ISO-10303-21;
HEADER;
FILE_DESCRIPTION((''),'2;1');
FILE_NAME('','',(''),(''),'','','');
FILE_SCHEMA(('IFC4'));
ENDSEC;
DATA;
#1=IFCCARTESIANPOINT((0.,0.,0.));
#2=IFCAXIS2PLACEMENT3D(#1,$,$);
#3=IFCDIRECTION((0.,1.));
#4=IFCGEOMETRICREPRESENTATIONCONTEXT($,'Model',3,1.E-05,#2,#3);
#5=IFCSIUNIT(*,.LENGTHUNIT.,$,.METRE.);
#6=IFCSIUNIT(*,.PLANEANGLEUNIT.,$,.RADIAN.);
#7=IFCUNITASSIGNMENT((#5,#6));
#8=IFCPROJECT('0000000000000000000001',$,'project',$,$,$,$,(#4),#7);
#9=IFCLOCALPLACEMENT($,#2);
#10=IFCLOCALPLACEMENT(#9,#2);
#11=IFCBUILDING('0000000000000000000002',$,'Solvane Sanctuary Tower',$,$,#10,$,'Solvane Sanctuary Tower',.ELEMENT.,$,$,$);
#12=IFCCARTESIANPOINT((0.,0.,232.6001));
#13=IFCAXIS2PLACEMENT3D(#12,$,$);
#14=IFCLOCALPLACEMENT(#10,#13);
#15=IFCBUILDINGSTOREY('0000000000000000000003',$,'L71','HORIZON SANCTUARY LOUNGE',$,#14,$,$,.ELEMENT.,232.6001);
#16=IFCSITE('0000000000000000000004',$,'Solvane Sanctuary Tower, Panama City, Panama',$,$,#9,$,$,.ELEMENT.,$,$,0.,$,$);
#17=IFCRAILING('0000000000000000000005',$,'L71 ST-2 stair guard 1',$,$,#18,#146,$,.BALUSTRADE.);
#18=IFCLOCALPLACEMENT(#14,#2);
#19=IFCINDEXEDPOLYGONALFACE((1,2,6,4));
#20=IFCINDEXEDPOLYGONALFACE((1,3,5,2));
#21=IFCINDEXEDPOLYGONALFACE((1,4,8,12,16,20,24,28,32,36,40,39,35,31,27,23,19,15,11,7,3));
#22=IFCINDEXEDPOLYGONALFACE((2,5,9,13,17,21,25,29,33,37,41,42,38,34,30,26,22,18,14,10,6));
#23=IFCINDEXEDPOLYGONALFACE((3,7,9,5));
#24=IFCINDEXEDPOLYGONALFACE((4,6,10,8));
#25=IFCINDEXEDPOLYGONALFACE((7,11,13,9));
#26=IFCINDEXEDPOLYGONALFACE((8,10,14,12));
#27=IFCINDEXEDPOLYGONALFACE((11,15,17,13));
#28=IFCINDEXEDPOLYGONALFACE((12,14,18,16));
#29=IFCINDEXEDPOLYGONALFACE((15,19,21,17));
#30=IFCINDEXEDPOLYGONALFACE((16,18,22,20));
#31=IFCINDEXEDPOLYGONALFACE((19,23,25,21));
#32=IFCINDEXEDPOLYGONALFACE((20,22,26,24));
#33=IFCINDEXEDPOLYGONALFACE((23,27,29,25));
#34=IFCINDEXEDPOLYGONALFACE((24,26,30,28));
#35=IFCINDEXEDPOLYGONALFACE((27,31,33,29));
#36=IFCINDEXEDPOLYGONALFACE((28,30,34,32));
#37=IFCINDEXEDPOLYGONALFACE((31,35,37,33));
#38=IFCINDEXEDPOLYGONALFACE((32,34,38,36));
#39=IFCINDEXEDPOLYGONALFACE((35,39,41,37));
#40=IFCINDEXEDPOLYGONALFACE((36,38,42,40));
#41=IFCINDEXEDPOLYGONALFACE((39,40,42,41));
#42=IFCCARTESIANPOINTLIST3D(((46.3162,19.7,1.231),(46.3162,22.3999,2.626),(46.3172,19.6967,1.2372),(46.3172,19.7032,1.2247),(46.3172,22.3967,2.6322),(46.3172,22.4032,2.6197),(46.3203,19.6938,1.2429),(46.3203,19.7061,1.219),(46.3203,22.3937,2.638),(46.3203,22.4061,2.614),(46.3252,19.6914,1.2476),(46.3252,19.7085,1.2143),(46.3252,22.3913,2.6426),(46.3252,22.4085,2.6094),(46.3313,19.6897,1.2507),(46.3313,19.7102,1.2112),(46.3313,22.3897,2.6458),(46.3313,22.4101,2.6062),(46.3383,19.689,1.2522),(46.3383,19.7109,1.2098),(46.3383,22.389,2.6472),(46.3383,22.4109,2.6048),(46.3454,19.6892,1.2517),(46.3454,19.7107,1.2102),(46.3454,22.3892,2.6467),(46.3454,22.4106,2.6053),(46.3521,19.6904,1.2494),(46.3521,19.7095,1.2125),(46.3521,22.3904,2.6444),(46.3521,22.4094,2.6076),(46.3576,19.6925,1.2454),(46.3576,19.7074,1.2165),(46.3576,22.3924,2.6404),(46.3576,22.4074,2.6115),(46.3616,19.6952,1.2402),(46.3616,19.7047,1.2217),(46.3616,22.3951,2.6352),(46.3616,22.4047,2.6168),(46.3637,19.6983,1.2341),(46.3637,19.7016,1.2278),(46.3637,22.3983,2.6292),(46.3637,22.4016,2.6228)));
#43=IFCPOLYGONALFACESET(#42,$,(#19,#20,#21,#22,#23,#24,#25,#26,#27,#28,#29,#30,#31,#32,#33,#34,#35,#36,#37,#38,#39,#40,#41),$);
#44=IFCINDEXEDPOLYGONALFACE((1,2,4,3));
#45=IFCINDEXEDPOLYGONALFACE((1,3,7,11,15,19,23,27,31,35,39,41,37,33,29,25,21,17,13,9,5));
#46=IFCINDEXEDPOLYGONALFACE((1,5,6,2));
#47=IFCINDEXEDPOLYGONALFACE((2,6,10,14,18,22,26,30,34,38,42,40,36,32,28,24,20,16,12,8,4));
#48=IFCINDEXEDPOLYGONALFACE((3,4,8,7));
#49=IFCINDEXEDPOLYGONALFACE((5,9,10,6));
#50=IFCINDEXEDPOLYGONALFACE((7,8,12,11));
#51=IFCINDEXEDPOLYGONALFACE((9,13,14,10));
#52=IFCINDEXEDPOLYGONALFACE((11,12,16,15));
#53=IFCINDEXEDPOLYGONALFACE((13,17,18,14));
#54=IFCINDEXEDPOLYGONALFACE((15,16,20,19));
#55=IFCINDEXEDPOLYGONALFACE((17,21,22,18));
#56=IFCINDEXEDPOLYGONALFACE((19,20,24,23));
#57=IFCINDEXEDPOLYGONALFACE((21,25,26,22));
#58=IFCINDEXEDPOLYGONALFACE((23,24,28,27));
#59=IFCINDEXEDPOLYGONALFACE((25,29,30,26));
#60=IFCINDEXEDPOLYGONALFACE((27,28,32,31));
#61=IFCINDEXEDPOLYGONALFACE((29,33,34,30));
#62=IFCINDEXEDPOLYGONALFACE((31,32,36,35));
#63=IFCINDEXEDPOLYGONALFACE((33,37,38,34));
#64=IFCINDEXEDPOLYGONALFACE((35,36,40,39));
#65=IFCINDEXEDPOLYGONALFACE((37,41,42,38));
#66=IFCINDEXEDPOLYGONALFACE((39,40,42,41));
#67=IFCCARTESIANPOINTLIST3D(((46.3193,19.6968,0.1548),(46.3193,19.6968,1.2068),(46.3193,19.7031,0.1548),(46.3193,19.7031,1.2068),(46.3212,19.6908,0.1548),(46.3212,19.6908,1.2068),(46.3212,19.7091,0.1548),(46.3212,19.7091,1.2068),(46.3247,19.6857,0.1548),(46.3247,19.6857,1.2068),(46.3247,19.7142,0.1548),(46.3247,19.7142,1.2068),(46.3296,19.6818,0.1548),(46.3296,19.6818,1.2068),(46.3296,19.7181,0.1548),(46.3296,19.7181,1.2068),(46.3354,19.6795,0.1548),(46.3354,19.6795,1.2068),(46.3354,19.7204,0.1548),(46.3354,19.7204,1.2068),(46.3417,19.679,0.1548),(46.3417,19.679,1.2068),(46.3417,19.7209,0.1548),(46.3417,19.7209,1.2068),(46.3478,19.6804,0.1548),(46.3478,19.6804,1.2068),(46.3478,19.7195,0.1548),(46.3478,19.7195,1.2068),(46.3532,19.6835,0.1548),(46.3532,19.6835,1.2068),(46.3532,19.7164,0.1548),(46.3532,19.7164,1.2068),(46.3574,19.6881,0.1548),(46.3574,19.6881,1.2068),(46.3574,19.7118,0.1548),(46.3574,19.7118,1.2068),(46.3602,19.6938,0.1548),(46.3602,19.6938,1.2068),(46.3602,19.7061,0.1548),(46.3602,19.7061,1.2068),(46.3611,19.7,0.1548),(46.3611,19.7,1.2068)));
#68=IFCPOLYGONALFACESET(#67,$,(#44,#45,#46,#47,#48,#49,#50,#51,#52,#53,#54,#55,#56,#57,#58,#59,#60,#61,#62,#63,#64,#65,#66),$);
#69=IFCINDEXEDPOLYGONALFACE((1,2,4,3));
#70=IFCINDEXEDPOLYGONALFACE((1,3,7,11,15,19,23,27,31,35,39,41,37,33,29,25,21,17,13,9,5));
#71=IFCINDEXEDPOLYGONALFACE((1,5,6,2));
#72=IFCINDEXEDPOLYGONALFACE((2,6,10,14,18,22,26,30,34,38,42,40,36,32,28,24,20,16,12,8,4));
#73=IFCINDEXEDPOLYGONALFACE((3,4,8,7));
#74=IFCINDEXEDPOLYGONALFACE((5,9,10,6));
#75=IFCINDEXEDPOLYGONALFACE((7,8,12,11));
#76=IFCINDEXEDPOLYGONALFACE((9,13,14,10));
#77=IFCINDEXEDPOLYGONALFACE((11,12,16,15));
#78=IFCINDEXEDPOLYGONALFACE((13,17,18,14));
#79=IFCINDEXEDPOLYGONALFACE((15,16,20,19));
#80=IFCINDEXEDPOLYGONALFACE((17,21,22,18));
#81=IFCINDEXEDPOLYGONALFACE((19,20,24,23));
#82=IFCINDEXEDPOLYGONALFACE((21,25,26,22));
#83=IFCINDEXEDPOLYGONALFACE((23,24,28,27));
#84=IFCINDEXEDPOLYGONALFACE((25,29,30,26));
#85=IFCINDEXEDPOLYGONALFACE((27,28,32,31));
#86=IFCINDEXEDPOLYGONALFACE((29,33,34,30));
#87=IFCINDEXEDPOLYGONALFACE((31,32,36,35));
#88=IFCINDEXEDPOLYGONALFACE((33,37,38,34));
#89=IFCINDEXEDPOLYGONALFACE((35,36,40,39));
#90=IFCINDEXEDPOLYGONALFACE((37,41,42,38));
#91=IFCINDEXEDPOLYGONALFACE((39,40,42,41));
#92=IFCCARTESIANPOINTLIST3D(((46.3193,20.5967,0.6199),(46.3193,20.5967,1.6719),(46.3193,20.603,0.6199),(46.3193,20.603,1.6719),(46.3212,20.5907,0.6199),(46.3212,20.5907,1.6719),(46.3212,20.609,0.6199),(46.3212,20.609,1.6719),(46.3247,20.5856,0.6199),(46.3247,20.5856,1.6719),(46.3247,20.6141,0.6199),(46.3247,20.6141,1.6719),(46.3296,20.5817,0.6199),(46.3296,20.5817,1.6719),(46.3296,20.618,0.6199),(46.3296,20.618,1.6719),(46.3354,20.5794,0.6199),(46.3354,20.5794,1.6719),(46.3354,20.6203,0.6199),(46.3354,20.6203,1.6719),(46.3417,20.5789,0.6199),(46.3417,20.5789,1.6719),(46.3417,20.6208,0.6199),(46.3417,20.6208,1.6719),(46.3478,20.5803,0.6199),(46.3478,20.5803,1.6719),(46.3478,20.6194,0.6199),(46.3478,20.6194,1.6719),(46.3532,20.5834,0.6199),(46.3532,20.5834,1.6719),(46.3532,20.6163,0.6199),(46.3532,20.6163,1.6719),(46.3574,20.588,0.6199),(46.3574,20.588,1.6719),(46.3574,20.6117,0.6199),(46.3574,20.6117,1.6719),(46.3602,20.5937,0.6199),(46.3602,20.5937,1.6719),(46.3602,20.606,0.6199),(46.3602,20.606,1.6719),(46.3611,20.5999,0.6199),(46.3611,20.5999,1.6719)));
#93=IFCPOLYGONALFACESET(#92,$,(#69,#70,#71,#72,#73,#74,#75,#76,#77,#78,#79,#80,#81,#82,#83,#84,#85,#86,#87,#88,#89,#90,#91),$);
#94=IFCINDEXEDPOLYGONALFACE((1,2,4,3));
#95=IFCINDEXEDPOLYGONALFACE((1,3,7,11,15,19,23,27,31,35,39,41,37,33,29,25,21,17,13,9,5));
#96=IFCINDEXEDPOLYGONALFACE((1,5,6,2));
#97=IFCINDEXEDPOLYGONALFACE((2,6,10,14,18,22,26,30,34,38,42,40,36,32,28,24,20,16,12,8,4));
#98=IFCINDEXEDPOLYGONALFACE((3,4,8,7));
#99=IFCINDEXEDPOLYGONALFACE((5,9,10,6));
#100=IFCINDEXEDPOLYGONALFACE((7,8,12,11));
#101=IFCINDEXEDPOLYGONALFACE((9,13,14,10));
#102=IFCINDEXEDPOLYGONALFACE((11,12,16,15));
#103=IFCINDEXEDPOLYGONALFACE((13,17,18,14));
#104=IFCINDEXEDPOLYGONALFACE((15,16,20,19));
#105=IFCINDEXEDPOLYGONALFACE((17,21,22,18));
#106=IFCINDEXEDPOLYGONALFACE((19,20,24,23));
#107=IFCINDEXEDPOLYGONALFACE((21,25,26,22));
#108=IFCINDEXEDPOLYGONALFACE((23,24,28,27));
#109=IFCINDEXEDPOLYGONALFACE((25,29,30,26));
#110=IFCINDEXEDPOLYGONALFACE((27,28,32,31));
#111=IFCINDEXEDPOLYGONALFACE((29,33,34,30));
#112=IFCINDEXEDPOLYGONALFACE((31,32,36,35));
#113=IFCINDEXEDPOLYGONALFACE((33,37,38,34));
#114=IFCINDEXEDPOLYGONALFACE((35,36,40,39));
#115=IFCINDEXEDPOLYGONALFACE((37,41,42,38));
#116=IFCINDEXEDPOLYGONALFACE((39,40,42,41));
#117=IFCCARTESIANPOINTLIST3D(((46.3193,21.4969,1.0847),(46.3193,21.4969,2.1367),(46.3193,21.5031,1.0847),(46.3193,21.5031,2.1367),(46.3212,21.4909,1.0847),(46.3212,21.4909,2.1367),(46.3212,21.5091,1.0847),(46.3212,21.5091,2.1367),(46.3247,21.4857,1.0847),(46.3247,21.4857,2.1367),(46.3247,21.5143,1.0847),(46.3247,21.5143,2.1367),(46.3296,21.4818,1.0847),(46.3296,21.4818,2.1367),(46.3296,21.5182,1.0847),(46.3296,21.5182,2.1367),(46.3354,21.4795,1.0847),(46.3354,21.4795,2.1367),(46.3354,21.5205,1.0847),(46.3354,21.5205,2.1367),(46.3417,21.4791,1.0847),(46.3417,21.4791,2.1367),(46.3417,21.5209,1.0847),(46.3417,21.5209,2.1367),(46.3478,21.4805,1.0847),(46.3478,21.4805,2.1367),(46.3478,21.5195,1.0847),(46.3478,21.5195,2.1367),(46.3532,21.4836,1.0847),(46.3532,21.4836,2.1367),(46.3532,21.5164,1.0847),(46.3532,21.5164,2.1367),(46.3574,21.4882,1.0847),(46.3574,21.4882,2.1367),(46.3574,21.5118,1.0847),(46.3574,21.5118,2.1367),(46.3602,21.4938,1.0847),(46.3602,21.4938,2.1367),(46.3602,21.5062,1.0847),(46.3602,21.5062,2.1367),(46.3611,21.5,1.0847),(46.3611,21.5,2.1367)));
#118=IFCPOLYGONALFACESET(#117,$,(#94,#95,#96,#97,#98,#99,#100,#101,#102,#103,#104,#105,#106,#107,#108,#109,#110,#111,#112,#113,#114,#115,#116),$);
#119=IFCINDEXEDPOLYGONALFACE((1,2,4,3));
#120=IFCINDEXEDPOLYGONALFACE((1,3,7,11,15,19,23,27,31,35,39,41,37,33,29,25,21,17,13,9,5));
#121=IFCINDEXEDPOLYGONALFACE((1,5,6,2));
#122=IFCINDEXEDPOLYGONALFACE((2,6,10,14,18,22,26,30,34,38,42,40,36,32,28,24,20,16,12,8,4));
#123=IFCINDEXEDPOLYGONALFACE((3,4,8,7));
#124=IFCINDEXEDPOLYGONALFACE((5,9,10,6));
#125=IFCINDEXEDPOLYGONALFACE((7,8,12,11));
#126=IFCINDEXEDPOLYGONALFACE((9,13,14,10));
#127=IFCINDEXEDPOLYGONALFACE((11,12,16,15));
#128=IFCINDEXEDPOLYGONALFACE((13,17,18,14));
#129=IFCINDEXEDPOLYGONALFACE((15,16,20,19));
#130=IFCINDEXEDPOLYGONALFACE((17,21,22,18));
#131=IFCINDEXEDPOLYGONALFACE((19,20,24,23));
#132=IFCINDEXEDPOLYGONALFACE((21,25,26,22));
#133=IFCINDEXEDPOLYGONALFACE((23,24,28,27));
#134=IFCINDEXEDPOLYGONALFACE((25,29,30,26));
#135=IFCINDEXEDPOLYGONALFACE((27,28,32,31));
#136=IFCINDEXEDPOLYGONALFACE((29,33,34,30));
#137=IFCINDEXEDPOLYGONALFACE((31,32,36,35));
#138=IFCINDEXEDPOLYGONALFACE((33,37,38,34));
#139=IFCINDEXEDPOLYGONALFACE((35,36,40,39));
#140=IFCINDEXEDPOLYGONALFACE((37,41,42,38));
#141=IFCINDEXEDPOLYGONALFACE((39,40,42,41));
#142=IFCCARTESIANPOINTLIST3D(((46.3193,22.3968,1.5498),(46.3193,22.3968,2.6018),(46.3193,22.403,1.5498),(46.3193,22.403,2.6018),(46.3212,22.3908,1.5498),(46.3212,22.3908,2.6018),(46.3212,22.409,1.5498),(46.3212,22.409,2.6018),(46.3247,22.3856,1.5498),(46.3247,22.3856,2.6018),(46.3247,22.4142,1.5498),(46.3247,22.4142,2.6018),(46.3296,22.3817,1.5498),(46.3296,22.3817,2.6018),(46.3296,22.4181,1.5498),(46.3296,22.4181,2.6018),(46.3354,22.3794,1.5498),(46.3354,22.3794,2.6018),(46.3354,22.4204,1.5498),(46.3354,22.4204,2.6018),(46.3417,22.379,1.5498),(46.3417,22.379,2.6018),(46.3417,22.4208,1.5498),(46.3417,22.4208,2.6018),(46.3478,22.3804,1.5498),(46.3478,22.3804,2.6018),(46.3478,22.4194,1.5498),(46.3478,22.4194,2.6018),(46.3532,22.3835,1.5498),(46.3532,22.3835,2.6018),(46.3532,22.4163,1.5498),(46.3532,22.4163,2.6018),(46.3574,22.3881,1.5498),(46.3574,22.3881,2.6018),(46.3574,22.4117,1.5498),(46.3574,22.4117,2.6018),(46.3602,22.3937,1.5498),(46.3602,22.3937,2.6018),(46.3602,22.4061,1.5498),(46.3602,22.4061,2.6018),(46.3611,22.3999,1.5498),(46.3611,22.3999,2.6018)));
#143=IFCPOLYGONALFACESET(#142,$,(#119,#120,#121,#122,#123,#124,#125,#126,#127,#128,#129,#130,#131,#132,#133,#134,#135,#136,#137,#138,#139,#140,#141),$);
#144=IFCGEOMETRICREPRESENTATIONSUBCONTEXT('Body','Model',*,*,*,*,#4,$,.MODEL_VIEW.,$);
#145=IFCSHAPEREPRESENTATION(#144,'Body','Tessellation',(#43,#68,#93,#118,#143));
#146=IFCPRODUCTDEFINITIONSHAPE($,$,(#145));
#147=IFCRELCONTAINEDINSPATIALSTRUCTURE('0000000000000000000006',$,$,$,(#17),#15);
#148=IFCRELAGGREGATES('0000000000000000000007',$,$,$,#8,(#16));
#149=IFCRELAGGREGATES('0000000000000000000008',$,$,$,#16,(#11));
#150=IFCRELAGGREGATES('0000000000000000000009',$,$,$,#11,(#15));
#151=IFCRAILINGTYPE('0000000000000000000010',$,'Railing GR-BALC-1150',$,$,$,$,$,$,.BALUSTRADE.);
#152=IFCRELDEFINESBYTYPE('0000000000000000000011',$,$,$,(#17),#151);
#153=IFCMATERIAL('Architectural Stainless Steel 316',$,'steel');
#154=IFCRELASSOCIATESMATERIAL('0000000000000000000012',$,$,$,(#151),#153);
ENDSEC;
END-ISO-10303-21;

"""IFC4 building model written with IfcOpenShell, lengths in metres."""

from ifc_helpers import new_model, si_unit, direction, frame, origin, origin_2d, place, context, subcontext, project, spatial, circle, extrude, material, type_object, element, save


model = new_model("IFC4")

# Units and contexts
model_context = context("Model", 3, precision=1e-05, world=origin(), true_north=direction((0.0, 1.0)))
body_context = subcontext(model_context, "Body", "Model", "MODEL_VIEW")
ifc_project = project(units=[si_unit("LENGTHUNIT", "METRE"), si_unit("PLANEANGLEUNIT", "RADIAN")], contexts=[model_context])

# Site, building, storey
site_placement = place(None, origin())
site = spatial("IfcSite", under=ifc_project, at=site_placement, Name="Solvane Sanctuary Tower, Panama City, Panama", CompositionType="ELEMENT", RefElevation=0.0)
building_placement = place(site_placement, origin())
building = spatial("IfcBuilding", under=site, at=building_placement, Name="Solvane Sanctuary Tower", LongName="Solvane Sanctuary Tower", CompositionType="ELEMENT")
storey_placement = place(building_placement, frame((0.0, 0.0, 232.6001)))
storey = spatial("IfcBuildingStorey", under=building, at=storey_placement, Name="L71", Description="HORIZON SANCTUARY LOUNGE", CompositionType="ELEMENT", Elevation=232.6001)

# Shared definitions
ifc_material_1 = material(Name="Architectural Stainless Steel 316", Category="steel")

# Railing
railing_type_1 = type_object("IfcRailingType", Name="Railing GR-BALC-1150", PredefinedType="BALUSTRADE", material=ifc_material_1)
railing_1_placement = place(storey_placement, frame((46.3401, 19.7, 0.1548)))
element("IfcRailing", 1, at=railing_1_placement, inside=storey, type_object=railing_type_1, Name="L71 ST-2 stair guard 1", PredefinedType="BALUSTRADE", context=body_context, shape_type="SweptSolid", body=[
    extrude(circle(Radius=0.0239, at=origin_2d()), frame((0.0, 0.0, 1.0762), z_axis=(0.0, 0.88842, 0.459032), x_axis=(-1.0, 0.0, 0.0)), (0.0, 0.0, 1.0), 3.0391),
    extrude(circle(Radius=0.021, at=origin_2d()), origin(), (0.0, 0.0, 1.0), 1.052),
    extrude(circle(Radius=0.021, at=origin_2d()), frame((0.0, 0.8999, 0.4651)), (0.0, 0.0, 1.0), 1.052),
    extrude(circle(Radius=0.021, at=origin_2d()), frame((0.0, 1.8, 0.9299)), (0.0, 0.0, 1.0), 1.052),
    extrude(circle(Radius=0.021, at=origin_2d()), frame((0.0, 2.7, 1.395)), (0.0, 0.0, 1.0), 1.052),
])

save(model, "model.ifc")
